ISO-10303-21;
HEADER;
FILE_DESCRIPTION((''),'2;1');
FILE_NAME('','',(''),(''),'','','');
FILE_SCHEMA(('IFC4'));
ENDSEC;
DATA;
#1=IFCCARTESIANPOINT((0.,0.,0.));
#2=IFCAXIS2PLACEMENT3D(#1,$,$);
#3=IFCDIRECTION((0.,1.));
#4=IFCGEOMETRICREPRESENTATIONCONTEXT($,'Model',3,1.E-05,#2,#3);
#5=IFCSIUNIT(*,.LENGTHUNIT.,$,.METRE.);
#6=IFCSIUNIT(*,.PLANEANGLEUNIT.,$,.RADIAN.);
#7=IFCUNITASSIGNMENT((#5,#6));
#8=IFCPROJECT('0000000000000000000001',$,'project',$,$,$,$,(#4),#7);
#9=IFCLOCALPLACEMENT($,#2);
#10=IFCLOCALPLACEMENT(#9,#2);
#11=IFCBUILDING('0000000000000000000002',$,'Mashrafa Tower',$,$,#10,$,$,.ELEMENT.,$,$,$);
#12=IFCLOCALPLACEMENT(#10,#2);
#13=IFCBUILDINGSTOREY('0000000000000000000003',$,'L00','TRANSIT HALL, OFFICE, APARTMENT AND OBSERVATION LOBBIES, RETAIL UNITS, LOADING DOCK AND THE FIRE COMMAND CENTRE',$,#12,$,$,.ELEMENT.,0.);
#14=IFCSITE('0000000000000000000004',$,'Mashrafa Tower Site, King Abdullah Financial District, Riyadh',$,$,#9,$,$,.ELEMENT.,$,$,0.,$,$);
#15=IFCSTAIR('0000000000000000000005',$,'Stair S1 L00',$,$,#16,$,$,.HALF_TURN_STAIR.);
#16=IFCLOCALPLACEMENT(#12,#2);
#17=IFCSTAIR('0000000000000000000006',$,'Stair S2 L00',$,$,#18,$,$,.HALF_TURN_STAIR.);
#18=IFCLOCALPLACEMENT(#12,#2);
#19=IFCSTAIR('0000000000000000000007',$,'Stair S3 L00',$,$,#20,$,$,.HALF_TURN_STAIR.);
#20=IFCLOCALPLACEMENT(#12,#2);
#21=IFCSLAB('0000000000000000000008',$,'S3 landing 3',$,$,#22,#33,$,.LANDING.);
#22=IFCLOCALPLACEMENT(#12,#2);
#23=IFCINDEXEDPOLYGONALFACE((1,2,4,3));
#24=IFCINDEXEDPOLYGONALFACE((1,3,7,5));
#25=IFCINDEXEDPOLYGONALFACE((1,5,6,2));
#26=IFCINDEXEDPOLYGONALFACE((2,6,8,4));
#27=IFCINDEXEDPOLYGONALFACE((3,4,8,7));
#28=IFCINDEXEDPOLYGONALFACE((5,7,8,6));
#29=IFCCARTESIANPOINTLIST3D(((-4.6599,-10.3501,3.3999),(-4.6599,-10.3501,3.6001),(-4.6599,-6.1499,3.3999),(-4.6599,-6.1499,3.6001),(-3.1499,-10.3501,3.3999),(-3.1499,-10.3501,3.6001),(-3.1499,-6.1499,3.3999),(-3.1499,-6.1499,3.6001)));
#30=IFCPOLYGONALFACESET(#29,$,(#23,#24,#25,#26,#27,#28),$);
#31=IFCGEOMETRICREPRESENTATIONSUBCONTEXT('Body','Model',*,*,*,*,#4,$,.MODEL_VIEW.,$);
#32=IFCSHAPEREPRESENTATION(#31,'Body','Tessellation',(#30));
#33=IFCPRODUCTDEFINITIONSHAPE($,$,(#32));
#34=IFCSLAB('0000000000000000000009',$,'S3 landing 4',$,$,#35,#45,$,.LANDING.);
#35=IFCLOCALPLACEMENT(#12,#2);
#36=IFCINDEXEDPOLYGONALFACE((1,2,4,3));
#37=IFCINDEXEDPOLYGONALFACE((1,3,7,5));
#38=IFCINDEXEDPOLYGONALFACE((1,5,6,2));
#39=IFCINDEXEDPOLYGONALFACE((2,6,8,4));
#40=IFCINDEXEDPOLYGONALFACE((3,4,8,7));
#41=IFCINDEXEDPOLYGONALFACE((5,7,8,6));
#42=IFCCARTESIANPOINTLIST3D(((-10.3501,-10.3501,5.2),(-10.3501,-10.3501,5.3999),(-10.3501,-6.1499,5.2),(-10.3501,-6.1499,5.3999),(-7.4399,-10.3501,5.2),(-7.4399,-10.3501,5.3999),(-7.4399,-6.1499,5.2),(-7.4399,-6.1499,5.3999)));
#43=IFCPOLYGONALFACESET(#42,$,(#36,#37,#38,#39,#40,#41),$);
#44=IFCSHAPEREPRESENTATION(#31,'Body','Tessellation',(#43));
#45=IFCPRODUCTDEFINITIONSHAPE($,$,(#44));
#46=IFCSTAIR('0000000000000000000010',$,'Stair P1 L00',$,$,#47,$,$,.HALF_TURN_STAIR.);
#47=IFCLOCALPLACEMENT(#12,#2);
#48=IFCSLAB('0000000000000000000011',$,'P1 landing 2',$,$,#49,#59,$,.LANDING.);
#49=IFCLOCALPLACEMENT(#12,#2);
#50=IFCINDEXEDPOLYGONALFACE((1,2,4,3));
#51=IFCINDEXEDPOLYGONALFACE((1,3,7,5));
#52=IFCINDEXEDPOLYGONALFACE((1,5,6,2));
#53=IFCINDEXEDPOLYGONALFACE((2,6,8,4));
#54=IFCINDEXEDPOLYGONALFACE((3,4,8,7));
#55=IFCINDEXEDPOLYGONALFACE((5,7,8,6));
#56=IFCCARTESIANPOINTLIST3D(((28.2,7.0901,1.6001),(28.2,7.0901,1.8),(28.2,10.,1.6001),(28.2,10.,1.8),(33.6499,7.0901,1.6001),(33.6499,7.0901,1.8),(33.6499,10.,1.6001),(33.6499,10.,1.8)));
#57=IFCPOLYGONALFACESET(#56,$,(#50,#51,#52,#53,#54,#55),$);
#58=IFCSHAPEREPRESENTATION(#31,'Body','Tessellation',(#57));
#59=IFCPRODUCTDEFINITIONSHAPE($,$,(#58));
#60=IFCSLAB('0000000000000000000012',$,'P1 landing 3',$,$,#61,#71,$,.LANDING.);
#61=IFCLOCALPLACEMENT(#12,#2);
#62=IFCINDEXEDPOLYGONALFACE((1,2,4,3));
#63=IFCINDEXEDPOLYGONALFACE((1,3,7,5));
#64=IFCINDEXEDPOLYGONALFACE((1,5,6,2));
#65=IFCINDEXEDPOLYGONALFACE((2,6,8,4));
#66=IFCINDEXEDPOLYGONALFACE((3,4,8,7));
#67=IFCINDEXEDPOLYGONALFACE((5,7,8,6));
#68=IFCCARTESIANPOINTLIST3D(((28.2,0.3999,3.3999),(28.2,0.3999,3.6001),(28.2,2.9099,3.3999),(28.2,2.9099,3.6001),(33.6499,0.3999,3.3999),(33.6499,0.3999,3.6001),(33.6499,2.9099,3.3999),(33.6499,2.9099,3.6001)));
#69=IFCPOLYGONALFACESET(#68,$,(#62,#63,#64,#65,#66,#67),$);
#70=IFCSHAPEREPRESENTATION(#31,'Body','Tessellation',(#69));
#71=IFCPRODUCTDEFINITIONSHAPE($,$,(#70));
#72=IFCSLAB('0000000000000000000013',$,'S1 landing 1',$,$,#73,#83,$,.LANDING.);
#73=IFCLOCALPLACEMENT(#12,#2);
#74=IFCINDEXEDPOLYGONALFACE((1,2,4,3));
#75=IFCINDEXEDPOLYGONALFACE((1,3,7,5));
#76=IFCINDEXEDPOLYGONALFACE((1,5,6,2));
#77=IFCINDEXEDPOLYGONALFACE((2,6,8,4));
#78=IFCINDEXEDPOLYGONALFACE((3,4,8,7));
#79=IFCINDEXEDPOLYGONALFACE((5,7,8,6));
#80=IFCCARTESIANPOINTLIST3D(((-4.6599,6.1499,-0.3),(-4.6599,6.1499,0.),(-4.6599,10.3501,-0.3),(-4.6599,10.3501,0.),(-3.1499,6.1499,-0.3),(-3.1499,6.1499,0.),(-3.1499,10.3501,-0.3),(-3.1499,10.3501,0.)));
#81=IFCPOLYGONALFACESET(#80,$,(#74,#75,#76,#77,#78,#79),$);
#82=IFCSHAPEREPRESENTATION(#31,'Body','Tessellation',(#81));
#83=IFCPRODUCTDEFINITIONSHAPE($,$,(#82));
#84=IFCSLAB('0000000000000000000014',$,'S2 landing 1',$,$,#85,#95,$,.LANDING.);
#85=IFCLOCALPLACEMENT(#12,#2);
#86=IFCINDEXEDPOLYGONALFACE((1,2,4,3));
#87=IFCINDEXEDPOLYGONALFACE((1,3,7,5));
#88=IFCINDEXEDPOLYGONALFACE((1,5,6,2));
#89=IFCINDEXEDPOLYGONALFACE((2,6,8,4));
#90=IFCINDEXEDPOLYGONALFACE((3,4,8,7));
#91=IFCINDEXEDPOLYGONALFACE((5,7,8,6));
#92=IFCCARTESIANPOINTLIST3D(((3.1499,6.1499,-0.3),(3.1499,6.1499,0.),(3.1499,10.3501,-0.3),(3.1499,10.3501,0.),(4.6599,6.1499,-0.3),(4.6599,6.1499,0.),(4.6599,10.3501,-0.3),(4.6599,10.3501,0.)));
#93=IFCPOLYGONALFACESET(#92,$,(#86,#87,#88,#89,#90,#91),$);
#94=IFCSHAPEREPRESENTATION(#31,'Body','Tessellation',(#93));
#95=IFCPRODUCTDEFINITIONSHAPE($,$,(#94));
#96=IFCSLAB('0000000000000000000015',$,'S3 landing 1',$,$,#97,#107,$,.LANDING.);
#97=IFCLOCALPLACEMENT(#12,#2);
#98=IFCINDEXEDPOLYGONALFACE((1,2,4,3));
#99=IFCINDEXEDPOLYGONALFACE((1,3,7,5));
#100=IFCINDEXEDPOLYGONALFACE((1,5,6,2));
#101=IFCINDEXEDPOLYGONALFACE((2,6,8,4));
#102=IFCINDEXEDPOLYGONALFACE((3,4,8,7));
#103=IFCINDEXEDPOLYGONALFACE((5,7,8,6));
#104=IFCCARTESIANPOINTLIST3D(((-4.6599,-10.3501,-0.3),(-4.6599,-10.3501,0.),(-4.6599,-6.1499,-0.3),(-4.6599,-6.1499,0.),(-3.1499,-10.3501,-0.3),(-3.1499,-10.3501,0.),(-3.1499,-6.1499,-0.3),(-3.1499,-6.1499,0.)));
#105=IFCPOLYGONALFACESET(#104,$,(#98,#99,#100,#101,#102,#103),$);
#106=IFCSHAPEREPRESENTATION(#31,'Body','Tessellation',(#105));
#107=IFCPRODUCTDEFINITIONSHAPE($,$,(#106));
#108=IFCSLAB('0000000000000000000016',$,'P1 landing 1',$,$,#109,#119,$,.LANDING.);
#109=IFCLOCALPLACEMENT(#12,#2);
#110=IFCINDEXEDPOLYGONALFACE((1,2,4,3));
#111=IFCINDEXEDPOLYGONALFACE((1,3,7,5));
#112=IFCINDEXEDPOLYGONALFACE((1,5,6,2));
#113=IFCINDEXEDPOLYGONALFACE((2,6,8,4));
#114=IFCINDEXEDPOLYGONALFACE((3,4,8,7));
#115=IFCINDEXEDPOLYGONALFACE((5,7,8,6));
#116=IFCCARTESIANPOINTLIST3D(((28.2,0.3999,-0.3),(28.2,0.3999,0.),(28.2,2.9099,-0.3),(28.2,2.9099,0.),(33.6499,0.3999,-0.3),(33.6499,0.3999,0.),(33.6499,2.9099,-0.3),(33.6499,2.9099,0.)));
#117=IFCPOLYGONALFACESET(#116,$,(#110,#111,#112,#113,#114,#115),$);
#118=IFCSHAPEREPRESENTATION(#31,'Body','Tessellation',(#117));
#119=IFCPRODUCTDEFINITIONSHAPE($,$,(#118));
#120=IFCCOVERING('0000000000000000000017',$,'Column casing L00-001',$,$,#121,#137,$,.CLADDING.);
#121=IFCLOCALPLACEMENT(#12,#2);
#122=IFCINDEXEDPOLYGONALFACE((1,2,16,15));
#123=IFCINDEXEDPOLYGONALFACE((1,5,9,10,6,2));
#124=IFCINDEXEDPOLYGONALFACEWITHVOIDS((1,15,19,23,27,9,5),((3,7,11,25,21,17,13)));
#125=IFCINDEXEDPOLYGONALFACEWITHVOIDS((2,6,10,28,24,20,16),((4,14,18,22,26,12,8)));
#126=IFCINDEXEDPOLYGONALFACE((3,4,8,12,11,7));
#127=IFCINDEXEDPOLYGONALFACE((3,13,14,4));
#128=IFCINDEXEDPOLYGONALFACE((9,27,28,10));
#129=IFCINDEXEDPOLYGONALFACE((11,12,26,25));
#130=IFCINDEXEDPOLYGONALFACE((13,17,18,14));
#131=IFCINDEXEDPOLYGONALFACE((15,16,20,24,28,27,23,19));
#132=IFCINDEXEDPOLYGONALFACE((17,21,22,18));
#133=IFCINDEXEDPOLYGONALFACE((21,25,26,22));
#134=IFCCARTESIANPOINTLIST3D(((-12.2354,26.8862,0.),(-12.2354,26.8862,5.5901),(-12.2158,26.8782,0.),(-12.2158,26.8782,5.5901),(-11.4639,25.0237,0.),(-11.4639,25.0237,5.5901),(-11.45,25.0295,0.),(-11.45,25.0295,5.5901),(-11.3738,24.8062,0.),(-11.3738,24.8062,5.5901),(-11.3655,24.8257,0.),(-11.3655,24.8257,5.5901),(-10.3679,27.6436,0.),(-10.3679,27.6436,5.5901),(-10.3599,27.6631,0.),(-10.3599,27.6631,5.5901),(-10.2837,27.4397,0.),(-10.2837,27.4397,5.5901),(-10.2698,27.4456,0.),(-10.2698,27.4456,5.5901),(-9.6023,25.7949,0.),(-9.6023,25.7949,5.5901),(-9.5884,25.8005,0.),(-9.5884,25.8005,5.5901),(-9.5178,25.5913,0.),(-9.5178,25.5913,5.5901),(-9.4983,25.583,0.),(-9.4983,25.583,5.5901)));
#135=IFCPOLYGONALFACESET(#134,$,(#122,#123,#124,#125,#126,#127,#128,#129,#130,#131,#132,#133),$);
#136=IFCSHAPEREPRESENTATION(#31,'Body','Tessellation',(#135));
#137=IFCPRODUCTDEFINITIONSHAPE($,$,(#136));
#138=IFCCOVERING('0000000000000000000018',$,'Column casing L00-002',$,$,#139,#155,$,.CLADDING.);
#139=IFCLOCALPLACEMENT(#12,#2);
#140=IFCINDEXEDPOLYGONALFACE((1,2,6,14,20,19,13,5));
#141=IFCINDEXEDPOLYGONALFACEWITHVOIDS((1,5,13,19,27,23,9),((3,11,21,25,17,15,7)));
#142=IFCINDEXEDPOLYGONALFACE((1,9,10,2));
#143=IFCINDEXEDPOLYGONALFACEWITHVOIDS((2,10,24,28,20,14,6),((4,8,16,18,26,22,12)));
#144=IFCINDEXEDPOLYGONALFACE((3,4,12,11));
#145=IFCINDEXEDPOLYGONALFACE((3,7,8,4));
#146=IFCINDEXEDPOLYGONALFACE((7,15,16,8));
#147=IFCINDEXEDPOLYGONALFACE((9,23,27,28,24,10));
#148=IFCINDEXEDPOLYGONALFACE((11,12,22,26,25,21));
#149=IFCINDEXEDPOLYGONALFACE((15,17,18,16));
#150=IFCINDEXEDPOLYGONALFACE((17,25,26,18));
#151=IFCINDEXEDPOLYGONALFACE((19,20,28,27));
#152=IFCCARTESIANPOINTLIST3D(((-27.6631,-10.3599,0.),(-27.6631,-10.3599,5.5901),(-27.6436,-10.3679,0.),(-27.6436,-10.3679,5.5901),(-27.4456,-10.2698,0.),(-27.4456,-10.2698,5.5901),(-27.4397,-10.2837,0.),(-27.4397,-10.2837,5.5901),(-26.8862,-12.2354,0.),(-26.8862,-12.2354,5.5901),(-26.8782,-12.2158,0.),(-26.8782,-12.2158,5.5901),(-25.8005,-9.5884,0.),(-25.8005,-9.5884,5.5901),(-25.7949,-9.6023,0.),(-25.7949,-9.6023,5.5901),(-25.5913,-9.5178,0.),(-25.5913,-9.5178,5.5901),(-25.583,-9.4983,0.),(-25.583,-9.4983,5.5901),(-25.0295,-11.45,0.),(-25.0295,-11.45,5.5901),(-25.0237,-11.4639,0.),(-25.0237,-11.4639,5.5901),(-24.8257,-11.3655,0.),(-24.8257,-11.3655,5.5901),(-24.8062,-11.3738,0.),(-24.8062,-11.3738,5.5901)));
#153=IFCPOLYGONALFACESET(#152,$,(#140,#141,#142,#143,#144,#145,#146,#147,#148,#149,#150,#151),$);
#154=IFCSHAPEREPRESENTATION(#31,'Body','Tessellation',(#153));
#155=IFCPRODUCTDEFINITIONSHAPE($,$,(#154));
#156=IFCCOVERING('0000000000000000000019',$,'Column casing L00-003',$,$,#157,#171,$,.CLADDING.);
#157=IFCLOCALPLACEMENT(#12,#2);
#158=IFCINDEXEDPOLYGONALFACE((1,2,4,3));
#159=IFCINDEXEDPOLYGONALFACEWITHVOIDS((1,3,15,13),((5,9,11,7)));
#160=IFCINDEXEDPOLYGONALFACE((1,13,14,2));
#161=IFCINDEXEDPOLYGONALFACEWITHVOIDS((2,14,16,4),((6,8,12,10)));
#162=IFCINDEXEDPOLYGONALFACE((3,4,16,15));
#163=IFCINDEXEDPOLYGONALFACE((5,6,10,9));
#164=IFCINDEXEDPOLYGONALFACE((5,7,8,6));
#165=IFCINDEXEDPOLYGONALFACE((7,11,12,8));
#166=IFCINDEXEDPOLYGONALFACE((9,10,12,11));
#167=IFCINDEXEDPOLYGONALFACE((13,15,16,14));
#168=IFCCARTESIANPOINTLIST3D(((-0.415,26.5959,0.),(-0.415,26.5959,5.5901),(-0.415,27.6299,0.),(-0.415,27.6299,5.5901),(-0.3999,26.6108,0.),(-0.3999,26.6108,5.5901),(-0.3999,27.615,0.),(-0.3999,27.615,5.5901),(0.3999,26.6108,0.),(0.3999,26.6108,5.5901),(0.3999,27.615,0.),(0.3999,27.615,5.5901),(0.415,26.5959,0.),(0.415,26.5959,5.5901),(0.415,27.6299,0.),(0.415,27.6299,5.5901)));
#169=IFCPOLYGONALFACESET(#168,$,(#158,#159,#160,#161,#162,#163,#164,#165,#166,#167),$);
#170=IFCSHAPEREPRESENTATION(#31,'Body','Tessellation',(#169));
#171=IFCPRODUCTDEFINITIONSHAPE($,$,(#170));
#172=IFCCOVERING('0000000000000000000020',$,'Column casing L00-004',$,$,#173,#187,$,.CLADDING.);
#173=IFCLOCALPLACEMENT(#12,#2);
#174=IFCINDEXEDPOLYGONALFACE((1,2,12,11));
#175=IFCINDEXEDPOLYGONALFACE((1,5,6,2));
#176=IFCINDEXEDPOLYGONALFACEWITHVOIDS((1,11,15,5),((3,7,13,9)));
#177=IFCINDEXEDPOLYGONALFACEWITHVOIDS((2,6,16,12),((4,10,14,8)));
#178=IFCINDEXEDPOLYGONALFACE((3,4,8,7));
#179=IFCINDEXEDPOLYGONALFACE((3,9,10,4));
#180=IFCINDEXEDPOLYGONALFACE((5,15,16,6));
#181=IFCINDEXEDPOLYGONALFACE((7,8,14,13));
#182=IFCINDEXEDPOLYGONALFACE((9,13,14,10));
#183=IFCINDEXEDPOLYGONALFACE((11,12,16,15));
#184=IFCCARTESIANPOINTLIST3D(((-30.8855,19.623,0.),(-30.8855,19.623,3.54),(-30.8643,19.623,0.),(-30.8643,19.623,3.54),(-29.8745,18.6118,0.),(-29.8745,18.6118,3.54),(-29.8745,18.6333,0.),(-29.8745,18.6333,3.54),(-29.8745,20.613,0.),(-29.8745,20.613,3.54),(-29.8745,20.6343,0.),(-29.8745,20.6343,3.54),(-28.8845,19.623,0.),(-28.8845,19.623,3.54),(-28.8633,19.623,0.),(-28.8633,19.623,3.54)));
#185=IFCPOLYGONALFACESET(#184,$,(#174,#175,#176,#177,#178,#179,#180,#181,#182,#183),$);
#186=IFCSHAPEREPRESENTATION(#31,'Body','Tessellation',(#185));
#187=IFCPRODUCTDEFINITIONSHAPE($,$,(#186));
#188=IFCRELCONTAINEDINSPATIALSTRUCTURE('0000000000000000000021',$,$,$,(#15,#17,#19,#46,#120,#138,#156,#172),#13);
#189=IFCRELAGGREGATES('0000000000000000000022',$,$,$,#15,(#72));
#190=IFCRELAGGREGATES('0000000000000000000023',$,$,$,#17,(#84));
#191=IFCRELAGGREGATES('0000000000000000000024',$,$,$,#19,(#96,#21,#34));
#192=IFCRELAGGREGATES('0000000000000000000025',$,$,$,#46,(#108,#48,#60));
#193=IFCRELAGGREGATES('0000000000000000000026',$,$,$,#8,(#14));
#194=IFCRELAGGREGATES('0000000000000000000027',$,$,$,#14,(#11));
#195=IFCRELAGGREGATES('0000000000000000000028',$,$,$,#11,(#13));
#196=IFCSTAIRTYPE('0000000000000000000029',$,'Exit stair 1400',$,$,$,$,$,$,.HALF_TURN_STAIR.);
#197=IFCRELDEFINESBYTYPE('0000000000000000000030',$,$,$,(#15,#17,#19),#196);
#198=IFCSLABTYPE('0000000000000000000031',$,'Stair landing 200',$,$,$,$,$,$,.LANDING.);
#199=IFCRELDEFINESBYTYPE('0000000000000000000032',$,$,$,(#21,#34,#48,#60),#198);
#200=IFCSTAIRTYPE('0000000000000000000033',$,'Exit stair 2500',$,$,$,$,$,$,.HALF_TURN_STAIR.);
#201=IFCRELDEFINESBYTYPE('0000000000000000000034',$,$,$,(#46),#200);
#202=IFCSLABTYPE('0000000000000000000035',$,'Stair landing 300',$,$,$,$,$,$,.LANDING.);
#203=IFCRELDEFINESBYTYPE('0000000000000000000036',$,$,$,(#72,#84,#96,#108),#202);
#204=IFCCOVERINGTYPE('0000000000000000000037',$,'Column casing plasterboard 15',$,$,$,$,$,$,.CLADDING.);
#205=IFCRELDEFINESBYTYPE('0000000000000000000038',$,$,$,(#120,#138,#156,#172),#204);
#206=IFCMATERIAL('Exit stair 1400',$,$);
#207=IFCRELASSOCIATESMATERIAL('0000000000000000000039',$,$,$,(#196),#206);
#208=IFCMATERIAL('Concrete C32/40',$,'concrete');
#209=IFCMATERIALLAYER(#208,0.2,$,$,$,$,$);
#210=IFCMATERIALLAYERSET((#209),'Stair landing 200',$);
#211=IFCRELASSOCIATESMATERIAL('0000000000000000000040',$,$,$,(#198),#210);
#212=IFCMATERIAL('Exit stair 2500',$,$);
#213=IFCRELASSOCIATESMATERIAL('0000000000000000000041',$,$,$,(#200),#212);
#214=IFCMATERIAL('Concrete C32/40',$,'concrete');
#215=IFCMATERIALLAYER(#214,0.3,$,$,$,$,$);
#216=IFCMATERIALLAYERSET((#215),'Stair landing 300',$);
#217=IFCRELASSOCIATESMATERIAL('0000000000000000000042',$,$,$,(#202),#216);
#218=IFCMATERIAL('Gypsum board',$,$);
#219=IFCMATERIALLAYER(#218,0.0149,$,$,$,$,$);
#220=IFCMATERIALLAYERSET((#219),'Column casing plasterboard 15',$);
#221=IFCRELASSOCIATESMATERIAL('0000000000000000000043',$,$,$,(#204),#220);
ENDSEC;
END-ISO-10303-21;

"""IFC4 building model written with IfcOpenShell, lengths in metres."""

from ifc_helpers import new_model, si_unit, direction, frame, origin, place, context, subcontext, project, spatial, polyline, outline, extrude, material, layer, layer_set, type_object, element, aggregate, save


model = new_model("IFC4")

# Units and contexts
model_context = context("Model", 3, precision=1e-05, world=origin(), true_north=direction((0.0, 1.0)))
body_context = subcontext(model_context, "Body", "Model", "MODEL_VIEW")
ifc_project = project(units=[si_unit("LENGTHUNIT", "METRE"), si_unit("PLANEANGLEUNIT", "RADIAN")], contexts=[model_context])

# Site, building, storey
site_placement = place(None, origin())
site = spatial("IfcSite", under=ifc_project, at=site_placement, Name="Mashrafa Tower Site, King Abdullah Financial District, Riyadh", CompositionType="ELEMENT", RefElevation=0.0)
building_placement = place(site_placement, origin())
building = spatial("IfcBuilding", under=site, at=building_placement, Name="Mashrafa Tower", CompositionType="ELEMENT")
storey_placement = place(building_placement, origin())
storey = spatial("IfcBuildingStorey", under=building, at=storey_placement, Name="L00", Description="TRANSIT HALL, OFFICE, APARTMENT AND OBSERVATION LOBBIES, RETAIL UNITS, LOADING DOCK AND THE FIRE COMMAND CENTRE", CompositionType="ELEMENT", Elevation=0.0)

# Stairs, slabs
ifc_material_1 = material(Name="Exit stair 1400")
stair_type_1 = type_object("IfcStairType", Name="Exit stair 1400", PredefinedType="HALF_TURN_STAIR", material=ifc_material_1)
stair_1_placement = place(storey_placement, origin())
stair_1 = element("IfcStair", 1, at=stair_1_placement, inside=storey, type_object=stair_type_1, Name="Stair S1 L00", PredefinedType="HALF_TURN_STAIR")
ifc_material_2 = material(Name="Concrete C32/40", Category="concrete")
ifc_layer_1 = layer(ifc_material_2, 0.2)
ifc_layer_set_1 = layer_set([ifc_layer_1], Name="Stair landing 200")
slab_type_1 = type_object("IfcSlabType", Name="Stair landing 200", PredefinedType="LANDING", material=ifc_layer_set_1)
stair_2_placement = place(storey_placement, origin())
stair_2 = element("IfcStair", 2, at=stair_2_placement, inside=storey, type_object=stair_type_1, Name="Stair S2 L00", PredefinedType="HALF_TURN_STAIR")
stair_3_placement = place(storey_placement, origin())
stair_3 = element("IfcStair", 3, at=stair_3_placement, inside=storey, type_object=stair_type_1, Name="Stair S3 L00", PredefinedType="HALF_TURN_STAIR")
slab_1_placement = place(storey_placement, frame((0.0, 0.0, 3.3999)))
slab_1 = element("IfcSlab", 4, at=slab_1_placement, type_object=slab_type_1, Name="S3 landing 3", PredefinedType="LANDING", context=body_context, shape_type="SweptSolid", body=[
    extrude(outline(polyline([(-4.6599, -10.3501), (-3.1499, -10.3501), (-3.1499, -6.1499), (-4.6599, -6.1499), (-4.6599, -10.3501)])), origin(), (0.0, 0.0, 1.0), 0.2002),
])
slab_2_placement = place(storey_placement, frame((0.0, 0.0, 5.2)))
slab_2 = element("IfcSlab", 5, at=slab_2_placement, type_object=slab_type_1, Name="S3 landing 4", PredefinedType="LANDING", context=body_context, shape_type="SweptSolid", body=[
    extrude(outline(polyline([(-10.3501, -10.3501), (-7.4399, -10.3501), (-7.4399, -6.1499), (-10.3501, -6.1499), (-10.3501, -10.3501)])), origin(), (0.0, 0.0, 1.0), 0.2),
])
ifc_material_3 = material(Name="Exit stair 2500")
stair_type_2 = type_object("IfcStairType", Name="Exit stair 2500", PredefinedType="HALF_TURN_STAIR", material=ifc_material_3)
stair_4_placement = place(storey_placement, origin())
stair_4 = element("IfcStair", 6, at=stair_4_placement, inside=storey, type_object=stair_type_2, Name="Stair P1 L00", PredefinedType="HALF_TURN_STAIR")
slab_3_placement = place(storey_placement, frame((0.0, 0.0, 1.6001)))
slab_3 = element("IfcSlab", 7, at=slab_3_placement, type_object=slab_type_1, Name="P1 landing 2", PredefinedType="LANDING", context=body_context, shape_type="SweptSolid", body=[
    extrude(outline(polyline([(33.6499, 7.0901), (33.6499, 10.0), (28.2, 10.0), (28.2, 7.0901), (33.6499, 7.0901)])), origin(), (0.0, 0.0, 1.0), 0.2),
])
slab_4_placement = place(storey_placement, frame((0.0, 0.0, 3.3999)))
slab_4 = element("IfcSlab", 8, at=slab_4_placement, type_object=slab_type_1, Name="P1 landing 3", PredefinedType="LANDING", context=body_context, shape_type="SweptSolid", body=[
    extrude(outline(polyline([(33.6499, 0.3999), (33.6499, 2.9099), (28.2, 2.9099), (28.2, 0.3999), (33.6499, 0.3999)])), origin(), (0.0, 0.0, 1.0), 0.2002),
])

# Slabs
ifc_material_4 = material(Name="Concrete C32/40", Category="concrete")
ifc_layer_2 = layer(ifc_material_4, 0.3)
ifc_layer_set_2 = layer_set([ifc_layer_2], Name="Stair landing 300")
slab_type_2 = type_object("IfcSlabType", Name="Stair landing 300", PredefinedType="LANDING", material=ifc_layer_set_2)
slab_5_placement = place(storey_placement, frame((0.0, 0.0, -0.3)))
slab_5 = element("IfcSlab", 9, at=slab_5_placement, type_object=slab_type_2, Name="S1 landing 1", PredefinedType="LANDING", context=body_context, shape_type="SweptSolid", body=[
    extrude(outline(polyline([(-4.6599, 6.1499), (-3.1499, 6.1499), (-3.1499, 10.3501), (-4.6599, 10.3501), (-4.6599, 6.1499)])), origin(), (0.0, 0.0, 1.0), 0.3),
])
aggregate(stair_1, [slab_5])
slab_6_placement = place(storey_placement, frame((0.0, 0.0, -0.3)))
slab_6 = element("IfcSlab", 10, at=slab_6_placement, type_object=slab_type_2, Name="S2 landing 1", PredefinedType="LANDING", context=body_context, shape_type="SweptSolid", body=[
    extrude(outline(polyline([(3.1499, 6.1499), (4.6599, 6.1499), (4.6599, 10.3501), (3.1499, 10.3501), (3.1499, 6.1499)])), origin(), (0.0, 0.0, 1.0), 0.3),
])
aggregate(stair_2, [slab_6])
slab_7_placement = place(storey_placement, frame((0.0, 0.0, -0.3)))
slab_7 = element("IfcSlab", 11, at=slab_7_placement, type_object=slab_type_2, Name="S3 landing 1", PredefinedType="LANDING", context=body_context, shape_type="SweptSolid", body=[
    extrude(outline(polyline([(-4.6599, -10.3501), (-3.1499, -10.3501), (-3.1499, -6.1499), (-4.6599, -6.1499), (-4.6599, -10.3501)])), origin(), (0.0, 0.0, 1.0), 0.3),
])
aggregate(stair_3, [slab_7, slab_1, slab_2])
slab_8_placement = place(storey_placement, frame((0.0, 0.0, -0.3)))
slab_8 = element("IfcSlab", 12, at=slab_8_placement, type_object=slab_type_2, Name="P1 landing 1", PredefinedType="LANDING", context=body_context, shape_type="SweptSolid", body=[
    extrude(outline(polyline([(33.6499, 0.3999), (33.6499, 2.9099), (28.2, 2.9099), (28.2, 0.3999), (33.6499, 0.3999)])), origin(), (0.0, 0.0, 1.0), 0.3),
])
aggregate(stair_4, [slab_8, slab_3, slab_4])

# Coverings
ifc_material_5 = material(Name="Gypsum board")
ifc_layer_3 = layer(ifc_material_5, 0.0149)
ifc_layer_set_3 = layer_set([ifc_layer_3], Name="Column casing plasterboard 15")
covering_type = type_object("IfcCoveringType", Name="Column casing plasterboard 15", PredefinedType="CLADDING", material=ifc_layer_set_3)
covering_1_placement = place(storey_placement, origin())
element("IfcCovering", 13, at=covering_1_placement, inside=storey, type_object=covering_type, Name="Column casing L00-001", PredefinedType="CLADDING", context=body_context, shape_type="SweptSolid", body=[
    extrude(outline(polyline([(-11.4639, 25.0237), (-12.2354, 26.8862), (-10.3599, 27.6631), (-10.2698, 27.4456), (-9.5884, 25.8005), (-9.4983, 25.583), (-11.3738, 24.8062), (-11.4639, 25.0237)]), holes=[polyline([(-9.5178, 25.5913), (-9.6023, 25.7949), (-10.2837, 27.4397), (-10.3679, 27.6436), (-12.2158, 26.8782), (-11.45, 25.0295), (-11.3655, 24.8257), (-9.5178, 25.5913)])]), origin(), (0.0, 0.0, 1.0), 5.5901),
])
covering_2_placement = place(storey_placement, origin())
element("IfcCovering", 14, at=covering_2_placement, inside=storey, type_object=covering_type, Name="Column casing L00-002", PredefinedType="CLADDING", context=body_context, shape_type="SweptSolid", body=[
    extrude(outline(polyline([(-27.6631, -10.3599), (-27.4456, -10.2698), (-25.8005, -9.5884), (-25.583, -9.4983), (-24.8062, -11.3738), (-25.0237, -11.4639), (-26.8862, -12.2354), (-27.6631, -10.3599)]), holes=[polyline([(-25.0295, -11.45), (-24.8257, -11.3655), (-25.5913, -9.5178), (-25.7949, -9.6023), (-27.4397, -10.2837), (-27.6436, -10.3679), (-26.8782, -12.2158), (-25.0295, -11.45)])]), origin(), (0.0, 0.0, 1.0), 5.5901),
])
covering_3_placement = place(storey_placement, origin())
element("IfcCovering", 15, at=covering_3_placement, inside=storey, type_object=covering_type, Name="Column casing L00-003", PredefinedType="CLADDING", context=body_context, shape_type="SweptSolid", body=[
    extrude(outline(polyline([(-0.415, 27.6299), (0.415, 27.6299), (0.415, 26.5959), (-0.415, 26.5959), (-0.415, 27.6299)]), holes=[polyline([(0.3999, 26.6108), (0.3999, 27.615), (-0.3999, 27.615), (-0.3999, 26.6108), (0.3999, 26.6108)])]), origin(), (0.0, 0.0, 1.0), 5.5901),
])
covering_4_placement = place(storey_placement, origin())
element("IfcCovering", 16, at=covering_4_placement, inside=storey, type_object=covering_type, Name="Column casing L00-004", PredefinedType="CLADDING", context=body_context, shape_type="SweptSolid", body=[
    extrude(outline(polyline([(-30.8855, 19.623), (-29.8745, 20.6343), (-28.8633, 19.623), (-29.8745, 18.6118), (-30.8855, 19.623)]), holes=[polyline([(-28.8845, 19.623), (-29.8745, 20.613), (-30.8643, 19.623), (-29.8745, 18.6333), (-28.8845, 19.623)])]), origin(), (0.0, 0.0, 1.0), 3.54),
])

save(model, "model.ifc")
